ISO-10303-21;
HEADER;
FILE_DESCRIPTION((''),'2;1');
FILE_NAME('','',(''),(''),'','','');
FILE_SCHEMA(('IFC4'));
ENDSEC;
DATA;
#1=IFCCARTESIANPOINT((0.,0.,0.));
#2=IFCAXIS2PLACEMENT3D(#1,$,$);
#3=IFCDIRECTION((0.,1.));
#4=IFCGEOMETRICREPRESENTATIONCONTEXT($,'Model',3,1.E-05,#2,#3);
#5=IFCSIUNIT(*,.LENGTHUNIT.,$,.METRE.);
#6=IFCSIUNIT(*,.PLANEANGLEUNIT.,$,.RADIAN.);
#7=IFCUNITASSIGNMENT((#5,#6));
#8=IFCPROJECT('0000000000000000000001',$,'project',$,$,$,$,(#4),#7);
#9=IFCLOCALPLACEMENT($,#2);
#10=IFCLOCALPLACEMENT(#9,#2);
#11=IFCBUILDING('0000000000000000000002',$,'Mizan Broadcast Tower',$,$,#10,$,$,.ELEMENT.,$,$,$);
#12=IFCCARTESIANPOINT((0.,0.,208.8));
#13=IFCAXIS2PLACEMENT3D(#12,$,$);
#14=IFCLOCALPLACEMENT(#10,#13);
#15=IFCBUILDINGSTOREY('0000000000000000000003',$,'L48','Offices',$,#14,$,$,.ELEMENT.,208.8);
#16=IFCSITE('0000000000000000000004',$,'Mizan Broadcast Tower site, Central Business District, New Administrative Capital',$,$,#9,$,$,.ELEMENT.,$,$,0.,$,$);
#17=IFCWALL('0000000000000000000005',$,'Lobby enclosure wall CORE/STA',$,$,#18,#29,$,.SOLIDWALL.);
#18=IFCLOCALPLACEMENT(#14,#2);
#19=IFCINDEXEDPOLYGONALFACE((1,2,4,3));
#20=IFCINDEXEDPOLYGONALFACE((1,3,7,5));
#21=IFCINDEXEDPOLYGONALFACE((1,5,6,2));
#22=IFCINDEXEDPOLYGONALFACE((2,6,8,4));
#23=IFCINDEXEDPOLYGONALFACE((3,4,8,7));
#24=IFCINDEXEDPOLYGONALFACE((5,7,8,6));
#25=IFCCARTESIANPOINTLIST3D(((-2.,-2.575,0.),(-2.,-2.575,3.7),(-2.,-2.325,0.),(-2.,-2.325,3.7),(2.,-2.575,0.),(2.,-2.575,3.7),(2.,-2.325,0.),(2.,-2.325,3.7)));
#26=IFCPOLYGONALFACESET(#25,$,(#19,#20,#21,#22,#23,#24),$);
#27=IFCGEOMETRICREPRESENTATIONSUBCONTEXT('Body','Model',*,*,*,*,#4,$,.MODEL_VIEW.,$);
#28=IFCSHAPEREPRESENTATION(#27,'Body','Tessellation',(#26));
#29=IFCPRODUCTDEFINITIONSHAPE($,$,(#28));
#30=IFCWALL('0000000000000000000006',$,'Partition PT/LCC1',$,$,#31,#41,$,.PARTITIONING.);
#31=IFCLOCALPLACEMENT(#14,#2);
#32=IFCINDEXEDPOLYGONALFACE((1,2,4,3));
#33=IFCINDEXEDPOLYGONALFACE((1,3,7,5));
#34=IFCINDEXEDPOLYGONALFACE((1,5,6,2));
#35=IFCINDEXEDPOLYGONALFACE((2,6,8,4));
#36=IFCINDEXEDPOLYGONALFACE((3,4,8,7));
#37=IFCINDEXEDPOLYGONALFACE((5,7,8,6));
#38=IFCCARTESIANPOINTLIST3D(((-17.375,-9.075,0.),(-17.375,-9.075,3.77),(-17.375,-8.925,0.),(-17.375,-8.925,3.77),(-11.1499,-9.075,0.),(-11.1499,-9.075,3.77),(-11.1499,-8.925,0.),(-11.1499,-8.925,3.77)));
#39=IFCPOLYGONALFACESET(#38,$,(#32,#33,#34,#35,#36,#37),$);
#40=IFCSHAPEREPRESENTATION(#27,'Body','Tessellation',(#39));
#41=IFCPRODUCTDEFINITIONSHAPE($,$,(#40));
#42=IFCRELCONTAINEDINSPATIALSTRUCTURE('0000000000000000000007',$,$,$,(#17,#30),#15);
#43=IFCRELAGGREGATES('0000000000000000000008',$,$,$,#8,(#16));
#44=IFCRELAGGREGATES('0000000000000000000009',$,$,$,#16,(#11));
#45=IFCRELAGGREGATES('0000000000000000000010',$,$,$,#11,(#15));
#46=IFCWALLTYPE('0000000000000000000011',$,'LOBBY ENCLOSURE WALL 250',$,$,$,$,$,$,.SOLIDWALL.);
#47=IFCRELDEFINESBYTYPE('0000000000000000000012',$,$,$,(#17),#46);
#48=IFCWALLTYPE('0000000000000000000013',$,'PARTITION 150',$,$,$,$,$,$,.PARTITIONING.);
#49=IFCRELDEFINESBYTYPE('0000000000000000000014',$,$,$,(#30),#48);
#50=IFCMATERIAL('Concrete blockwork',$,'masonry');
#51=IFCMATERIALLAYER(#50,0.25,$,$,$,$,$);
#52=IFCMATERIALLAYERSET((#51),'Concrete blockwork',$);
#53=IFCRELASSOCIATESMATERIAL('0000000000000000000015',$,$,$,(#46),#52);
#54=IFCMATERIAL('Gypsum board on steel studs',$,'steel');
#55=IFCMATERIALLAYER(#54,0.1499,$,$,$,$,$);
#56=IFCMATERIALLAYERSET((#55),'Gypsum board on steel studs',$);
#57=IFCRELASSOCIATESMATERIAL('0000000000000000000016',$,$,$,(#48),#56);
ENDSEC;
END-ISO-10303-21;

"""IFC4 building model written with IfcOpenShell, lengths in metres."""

from ifc_helpers import new_model, si_unit, direction, frame, frame_2d, origin, place, context, subcontext, project, spatial, rectangle, extrude, material, layer, layer_set, type_object, element, save


model = new_model("IFC4")

# Units and contexts
model_context = context("Model", 3, precision=1e-05, world=origin(), true_north=direction((0.0, 1.0)))
body_context = subcontext(model_context, "Body", "Model", "MODEL_VIEW")
ifc_project = project(units=[si_unit("LENGTHUNIT", "METRE"), si_unit("PLANEANGLEUNIT", "RADIAN")], contexts=[model_context])

# Site, building, storey
site_placement = place(None, origin())
site = spatial("IfcSite", under=ifc_project, at=site_placement, Name="Mizan Broadcast Tower site, Central Business District, New Administrative Capital", CompositionType="ELEMENT", RefElevation=0.0)
building_placement = place(site_placement, origin())
building = spatial("IfcBuilding", under=site, at=building_placement, Name="Mizan Broadcast Tower", CompositionType="ELEMENT")
storey_placement = place(building_placement, frame((0.0, 0.0, 208.8)))
storey = spatial("IfcBuildingStorey", under=building, at=storey_placement, Name="L48", Description="Offices", CompositionType="ELEMENT", Elevation=208.8)

# Shared definitions
ifc_material_1 = material(Name="Concrete blockwork", Category="masonry")
ifc_layer_1 = layer(ifc_material_1, 0.25)
ifc_layer_set_1 = layer_set([ifc_layer_1], Name="Concrete blockwork")
wall_type_1 = type_object("IfcWallType", Name="LOBBY ENCLOSURE WALL 250", PredefinedType="SOLIDWALL", material=ifc_layer_set_1)

# Walls
wall_1_placement = place(storey_placement, frame((-2.0, -2.45, 0.0), z_axis=(0.0, 0.0, 1.0), x_axis=(1.0, 0.0, 0.0)))
element("IfcWall", 1, at=wall_1_placement, inside=storey, type_object=wall_type_1, Name="Lobby enclosure wall CORE/STA", PredefinedType="SOLIDWALL", context=body_context, shape_type="SweptSolid", body=[
    extrude(rectangle(XDim=4.0, YDim=0.25, at=frame_2d((2.0, 0.0))), origin(), (0.0, 0.0, 1.0), 3.7),
])
ifc_material_2 = material(Name="Gypsum board on steel studs", Category="steel")
ifc_layer_2 = layer(ifc_material_2, 0.1499)
ifc_layer_set_2 = layer_set([ifc_layer_2], Name="Gypsum board on steel studs")
wall_type_2 = type_object("IfcWallType", Name="PARTITION 150", PredefinedType="PARTITIONING", material=ifc_layer_set_2)
wall_2_placement = place(storey_placement, frame((-11.1499, -9.0, 0.0), z_axis=(0.0, 0.0, 1.0), x_axis=(-1.0, 0.0, 0.0)))
element("IfcWall", 2, at=wall_2_placement, inside=storey, type_object=wall_type_2, Name="Partition PT/LCC1", PredefinedType="PARTITIONING", context=body_context, shape_type="SweptSolid", body=[
    extrude(rectangle(XDim=6.2251, YDim=0.1499, at=frame_2d((3.1125, 0.0))), origin(), (0.0, 0.0, 1.0), 3.77),
])

save(model, "model.ifc")
